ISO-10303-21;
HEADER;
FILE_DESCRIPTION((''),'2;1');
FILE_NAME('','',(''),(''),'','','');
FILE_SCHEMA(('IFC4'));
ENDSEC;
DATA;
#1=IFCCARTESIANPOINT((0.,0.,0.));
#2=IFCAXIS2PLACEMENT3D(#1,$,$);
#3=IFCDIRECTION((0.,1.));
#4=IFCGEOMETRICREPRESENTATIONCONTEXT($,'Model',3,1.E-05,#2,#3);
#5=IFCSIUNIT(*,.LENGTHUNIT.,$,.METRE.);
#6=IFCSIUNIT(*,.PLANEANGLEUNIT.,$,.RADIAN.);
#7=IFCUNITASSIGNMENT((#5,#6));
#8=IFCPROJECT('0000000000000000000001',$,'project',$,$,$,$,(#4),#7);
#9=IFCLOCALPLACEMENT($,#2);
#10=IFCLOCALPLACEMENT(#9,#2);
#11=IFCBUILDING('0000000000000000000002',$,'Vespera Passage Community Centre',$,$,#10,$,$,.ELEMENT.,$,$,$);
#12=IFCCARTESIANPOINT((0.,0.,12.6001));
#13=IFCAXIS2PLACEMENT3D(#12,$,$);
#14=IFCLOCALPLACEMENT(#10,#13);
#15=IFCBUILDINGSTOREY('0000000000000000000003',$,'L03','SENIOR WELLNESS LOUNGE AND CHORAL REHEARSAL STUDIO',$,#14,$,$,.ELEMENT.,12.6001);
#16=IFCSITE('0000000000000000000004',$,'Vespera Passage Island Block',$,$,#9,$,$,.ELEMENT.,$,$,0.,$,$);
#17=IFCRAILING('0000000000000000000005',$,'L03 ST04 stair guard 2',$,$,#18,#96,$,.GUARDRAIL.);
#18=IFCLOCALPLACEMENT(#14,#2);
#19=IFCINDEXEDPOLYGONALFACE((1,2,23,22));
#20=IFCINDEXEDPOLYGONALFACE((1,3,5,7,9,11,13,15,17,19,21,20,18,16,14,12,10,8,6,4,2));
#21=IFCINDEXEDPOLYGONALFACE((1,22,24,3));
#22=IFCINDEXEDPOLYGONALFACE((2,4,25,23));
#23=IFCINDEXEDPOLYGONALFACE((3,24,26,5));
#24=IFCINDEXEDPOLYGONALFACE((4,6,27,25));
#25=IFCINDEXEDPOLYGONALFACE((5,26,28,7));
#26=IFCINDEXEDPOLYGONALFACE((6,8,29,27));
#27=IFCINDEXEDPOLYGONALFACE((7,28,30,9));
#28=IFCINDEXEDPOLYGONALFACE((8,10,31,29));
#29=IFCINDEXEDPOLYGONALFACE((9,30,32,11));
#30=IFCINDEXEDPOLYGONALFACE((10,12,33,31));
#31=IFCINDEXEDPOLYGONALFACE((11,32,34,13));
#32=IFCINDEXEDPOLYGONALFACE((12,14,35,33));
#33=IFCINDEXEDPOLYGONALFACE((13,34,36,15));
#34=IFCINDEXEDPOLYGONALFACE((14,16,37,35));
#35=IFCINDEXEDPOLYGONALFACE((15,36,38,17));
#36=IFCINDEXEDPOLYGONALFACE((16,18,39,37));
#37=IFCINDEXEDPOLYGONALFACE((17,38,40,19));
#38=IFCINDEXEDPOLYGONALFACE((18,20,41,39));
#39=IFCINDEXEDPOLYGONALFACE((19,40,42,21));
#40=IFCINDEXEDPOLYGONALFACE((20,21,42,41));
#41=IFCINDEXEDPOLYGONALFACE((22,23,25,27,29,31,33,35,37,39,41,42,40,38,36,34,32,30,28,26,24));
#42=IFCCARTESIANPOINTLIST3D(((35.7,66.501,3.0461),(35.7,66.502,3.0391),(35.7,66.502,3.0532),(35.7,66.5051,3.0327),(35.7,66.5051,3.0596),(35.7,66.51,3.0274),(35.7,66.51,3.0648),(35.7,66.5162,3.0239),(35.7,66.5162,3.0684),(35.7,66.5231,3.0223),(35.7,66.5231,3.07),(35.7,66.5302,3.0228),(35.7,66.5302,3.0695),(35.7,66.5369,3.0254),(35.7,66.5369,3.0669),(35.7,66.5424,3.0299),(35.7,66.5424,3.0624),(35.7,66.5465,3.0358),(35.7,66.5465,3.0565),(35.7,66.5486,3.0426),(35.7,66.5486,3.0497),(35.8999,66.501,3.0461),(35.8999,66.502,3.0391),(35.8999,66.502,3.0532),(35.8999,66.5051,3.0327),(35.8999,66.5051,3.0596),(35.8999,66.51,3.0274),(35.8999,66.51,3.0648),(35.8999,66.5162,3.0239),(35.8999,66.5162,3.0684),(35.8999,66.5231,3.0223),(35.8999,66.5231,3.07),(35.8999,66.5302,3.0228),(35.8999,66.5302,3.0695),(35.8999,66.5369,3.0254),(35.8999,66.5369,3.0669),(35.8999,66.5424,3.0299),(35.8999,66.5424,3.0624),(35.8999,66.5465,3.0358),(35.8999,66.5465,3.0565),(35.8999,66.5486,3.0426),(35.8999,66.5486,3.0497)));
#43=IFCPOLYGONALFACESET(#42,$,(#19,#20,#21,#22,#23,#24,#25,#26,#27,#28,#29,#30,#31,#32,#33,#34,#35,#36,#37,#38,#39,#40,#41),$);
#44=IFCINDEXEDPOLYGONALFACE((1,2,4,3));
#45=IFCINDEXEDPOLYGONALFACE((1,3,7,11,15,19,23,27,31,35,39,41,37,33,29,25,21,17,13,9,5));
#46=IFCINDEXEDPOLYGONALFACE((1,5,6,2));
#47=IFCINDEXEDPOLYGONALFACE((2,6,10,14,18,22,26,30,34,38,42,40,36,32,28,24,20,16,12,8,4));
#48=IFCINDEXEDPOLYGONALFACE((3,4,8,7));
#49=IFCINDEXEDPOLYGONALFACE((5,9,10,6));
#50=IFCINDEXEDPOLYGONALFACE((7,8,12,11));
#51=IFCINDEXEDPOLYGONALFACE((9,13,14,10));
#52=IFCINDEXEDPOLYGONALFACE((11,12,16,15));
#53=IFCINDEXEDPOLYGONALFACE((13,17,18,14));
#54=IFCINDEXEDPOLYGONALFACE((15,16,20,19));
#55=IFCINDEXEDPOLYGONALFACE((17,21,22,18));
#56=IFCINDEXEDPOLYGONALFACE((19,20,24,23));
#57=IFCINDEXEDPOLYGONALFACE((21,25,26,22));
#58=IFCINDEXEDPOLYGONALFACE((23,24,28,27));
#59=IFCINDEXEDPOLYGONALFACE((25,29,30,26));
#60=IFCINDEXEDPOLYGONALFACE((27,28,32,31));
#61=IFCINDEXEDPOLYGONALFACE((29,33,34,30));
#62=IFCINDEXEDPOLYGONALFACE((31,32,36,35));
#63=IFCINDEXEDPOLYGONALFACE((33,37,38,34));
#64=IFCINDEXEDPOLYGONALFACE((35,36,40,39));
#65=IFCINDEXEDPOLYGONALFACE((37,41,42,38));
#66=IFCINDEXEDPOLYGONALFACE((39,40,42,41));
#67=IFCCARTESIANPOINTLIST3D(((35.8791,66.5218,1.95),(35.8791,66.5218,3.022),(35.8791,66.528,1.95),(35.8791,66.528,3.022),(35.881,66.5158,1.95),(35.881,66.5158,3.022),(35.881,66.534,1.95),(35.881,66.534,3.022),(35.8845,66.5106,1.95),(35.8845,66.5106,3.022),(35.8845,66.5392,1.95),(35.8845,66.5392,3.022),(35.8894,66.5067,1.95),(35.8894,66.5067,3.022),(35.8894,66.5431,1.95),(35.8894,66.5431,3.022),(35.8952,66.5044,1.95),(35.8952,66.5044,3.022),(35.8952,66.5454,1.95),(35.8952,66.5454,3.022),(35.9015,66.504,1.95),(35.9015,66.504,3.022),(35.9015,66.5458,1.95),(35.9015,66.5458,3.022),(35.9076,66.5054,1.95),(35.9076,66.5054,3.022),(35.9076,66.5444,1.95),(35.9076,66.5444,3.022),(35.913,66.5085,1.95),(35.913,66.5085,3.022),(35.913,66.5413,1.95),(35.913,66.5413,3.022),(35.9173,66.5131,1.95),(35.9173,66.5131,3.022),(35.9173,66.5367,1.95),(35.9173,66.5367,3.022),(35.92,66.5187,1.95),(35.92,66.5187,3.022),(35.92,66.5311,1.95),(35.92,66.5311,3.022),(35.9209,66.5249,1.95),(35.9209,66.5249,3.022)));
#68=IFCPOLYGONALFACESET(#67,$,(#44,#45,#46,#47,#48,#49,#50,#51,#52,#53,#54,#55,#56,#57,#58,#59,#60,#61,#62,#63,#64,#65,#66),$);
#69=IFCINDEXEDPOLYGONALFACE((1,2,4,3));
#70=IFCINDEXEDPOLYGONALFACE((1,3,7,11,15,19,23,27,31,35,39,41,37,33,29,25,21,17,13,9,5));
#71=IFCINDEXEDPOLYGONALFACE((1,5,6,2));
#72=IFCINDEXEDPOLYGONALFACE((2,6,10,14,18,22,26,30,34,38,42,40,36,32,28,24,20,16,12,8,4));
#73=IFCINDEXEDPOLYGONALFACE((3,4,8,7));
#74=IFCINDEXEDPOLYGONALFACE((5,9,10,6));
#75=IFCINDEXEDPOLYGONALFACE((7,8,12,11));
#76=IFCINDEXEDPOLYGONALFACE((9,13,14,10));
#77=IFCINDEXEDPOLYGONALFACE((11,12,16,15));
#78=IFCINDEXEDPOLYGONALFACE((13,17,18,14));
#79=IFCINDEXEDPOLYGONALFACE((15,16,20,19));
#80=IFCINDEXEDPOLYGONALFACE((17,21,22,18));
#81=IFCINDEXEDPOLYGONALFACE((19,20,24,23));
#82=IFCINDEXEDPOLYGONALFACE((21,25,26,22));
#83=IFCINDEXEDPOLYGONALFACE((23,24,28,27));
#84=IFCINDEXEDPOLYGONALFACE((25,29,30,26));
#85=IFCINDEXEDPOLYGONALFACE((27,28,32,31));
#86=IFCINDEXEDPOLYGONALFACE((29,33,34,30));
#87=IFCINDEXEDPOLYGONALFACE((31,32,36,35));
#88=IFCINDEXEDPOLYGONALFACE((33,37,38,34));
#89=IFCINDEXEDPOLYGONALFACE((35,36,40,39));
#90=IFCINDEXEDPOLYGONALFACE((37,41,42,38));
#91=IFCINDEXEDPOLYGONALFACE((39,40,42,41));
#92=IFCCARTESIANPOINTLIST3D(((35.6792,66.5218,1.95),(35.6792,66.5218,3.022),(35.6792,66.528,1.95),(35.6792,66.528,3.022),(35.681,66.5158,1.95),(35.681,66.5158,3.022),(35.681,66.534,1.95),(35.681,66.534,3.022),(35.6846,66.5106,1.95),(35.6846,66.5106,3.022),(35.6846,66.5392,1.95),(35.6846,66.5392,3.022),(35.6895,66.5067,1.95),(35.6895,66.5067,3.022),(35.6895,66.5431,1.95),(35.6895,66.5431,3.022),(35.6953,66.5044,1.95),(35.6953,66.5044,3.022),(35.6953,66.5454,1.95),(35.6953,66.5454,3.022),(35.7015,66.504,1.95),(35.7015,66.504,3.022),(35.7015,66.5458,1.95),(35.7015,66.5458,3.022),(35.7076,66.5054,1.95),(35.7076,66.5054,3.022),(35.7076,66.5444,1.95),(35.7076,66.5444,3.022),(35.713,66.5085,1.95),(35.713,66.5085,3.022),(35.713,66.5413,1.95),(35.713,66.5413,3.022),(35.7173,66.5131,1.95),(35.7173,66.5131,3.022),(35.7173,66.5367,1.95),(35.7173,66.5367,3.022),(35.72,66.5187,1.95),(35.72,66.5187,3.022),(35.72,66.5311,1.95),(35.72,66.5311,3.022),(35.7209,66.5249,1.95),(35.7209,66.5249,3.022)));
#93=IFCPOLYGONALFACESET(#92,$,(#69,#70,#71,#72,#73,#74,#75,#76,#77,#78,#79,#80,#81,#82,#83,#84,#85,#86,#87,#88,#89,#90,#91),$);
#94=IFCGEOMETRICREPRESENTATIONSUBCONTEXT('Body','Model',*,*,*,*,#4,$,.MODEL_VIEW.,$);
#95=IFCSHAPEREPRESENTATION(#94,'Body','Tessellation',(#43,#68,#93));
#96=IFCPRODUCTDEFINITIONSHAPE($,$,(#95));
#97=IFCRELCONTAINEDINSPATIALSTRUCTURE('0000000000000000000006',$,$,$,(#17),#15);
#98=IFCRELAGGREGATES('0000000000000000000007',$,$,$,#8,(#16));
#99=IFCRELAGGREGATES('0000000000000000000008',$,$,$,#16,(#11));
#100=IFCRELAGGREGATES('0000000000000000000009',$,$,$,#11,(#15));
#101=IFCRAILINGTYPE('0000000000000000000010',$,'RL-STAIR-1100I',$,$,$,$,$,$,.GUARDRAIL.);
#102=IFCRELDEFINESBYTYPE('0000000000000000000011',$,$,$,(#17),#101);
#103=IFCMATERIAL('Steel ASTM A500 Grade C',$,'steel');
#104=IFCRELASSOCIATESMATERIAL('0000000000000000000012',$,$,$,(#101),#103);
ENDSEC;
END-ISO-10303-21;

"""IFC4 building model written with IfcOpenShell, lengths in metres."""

from ifc_helpers import new_model, si_unit, direction, frame, origin, origin_2d, place, context, subcontext, project, spatial, circle, extrude, material, type_object, element, save


model = new_model("IFC4")

# Units and contexts
model_context = context("Model", 3, precision=1e-05, world=origin(), true_north=direction((0.0, 1.0)))
body_context = subcontext(model_context, "Body", "Model", "MODEL_VIEW")
ifc_project = project(units=[si_unit("LENGTHUNIT", "METRE"), si_unit("PLANEANGLEUNIT", "RADIAN")], contexts=[model_context])

# Site, building, storey
site_placement = place(None, origin())
site = spatial("IfcSite", under=ifc_project, at=site_placement, Name="Vespera Passage Island Block", CompositionType="ELEMENT", RefElevation=0.0)
building_placement = place(site_placement, origin())
building = spatial("IfcBuilding", under=site, at=building_placement, Name="Vespera Passage Community Centre", CompositionType="ELEMENT")
storey_placement = place(building_placement, frame((0.0, 0.0, 12.6001)))
storey = spatial("IfcBuildingStorey", under=building, at=storey_placement, Name="L03", Description="SENIOR WELLNESS LOUNGE AND CHORAL REHEARSAL STUDIO", CompositionType="ELEMENT", Elevation=12.6001)

# Railing
ifc_material_1 = material(Name="Steel ASTM A500 Grade C", Category="steel")
railing_type_1 = type_object("IfcRailingType", Name="RL-STAIR-1100I", PredefinedType="GUARDRAIL", material=ifc_material_1)
railing_1_placement = place(storey_placement, frame((35.8999, 66.5249, 1.95)))
element("IfcRailing", 1, at=railing_1_placement, inside=storey, type_object=railing_type_1, Name="L03 ST04 stair guard 2", PredefinedType="GUARDRAIL", context=body_context, shape_type="SweptSolid", body=[
    extrude(circle(Radius=0.0239, at=origin_2d()), frame((0.0, 0.0, 1.0962), z_axis=(-1.0, 0.0, 0.0), x_axis=(0.0, -1.0, 0.0)), (0.0, 0.0, 1.0), 0.2),
    extrude(circle(Radius=0.021, at=origin_2d()), origin(), (0.0, 0.0, 1.0), 1.072),
    extrude(circle(Radius=0.021, at=origin_2d()), frame((-0.2, 0.0, 0.0)), (0.0, 0.0, 1.0), 1.072),
])

save(model, "model.ifc")
